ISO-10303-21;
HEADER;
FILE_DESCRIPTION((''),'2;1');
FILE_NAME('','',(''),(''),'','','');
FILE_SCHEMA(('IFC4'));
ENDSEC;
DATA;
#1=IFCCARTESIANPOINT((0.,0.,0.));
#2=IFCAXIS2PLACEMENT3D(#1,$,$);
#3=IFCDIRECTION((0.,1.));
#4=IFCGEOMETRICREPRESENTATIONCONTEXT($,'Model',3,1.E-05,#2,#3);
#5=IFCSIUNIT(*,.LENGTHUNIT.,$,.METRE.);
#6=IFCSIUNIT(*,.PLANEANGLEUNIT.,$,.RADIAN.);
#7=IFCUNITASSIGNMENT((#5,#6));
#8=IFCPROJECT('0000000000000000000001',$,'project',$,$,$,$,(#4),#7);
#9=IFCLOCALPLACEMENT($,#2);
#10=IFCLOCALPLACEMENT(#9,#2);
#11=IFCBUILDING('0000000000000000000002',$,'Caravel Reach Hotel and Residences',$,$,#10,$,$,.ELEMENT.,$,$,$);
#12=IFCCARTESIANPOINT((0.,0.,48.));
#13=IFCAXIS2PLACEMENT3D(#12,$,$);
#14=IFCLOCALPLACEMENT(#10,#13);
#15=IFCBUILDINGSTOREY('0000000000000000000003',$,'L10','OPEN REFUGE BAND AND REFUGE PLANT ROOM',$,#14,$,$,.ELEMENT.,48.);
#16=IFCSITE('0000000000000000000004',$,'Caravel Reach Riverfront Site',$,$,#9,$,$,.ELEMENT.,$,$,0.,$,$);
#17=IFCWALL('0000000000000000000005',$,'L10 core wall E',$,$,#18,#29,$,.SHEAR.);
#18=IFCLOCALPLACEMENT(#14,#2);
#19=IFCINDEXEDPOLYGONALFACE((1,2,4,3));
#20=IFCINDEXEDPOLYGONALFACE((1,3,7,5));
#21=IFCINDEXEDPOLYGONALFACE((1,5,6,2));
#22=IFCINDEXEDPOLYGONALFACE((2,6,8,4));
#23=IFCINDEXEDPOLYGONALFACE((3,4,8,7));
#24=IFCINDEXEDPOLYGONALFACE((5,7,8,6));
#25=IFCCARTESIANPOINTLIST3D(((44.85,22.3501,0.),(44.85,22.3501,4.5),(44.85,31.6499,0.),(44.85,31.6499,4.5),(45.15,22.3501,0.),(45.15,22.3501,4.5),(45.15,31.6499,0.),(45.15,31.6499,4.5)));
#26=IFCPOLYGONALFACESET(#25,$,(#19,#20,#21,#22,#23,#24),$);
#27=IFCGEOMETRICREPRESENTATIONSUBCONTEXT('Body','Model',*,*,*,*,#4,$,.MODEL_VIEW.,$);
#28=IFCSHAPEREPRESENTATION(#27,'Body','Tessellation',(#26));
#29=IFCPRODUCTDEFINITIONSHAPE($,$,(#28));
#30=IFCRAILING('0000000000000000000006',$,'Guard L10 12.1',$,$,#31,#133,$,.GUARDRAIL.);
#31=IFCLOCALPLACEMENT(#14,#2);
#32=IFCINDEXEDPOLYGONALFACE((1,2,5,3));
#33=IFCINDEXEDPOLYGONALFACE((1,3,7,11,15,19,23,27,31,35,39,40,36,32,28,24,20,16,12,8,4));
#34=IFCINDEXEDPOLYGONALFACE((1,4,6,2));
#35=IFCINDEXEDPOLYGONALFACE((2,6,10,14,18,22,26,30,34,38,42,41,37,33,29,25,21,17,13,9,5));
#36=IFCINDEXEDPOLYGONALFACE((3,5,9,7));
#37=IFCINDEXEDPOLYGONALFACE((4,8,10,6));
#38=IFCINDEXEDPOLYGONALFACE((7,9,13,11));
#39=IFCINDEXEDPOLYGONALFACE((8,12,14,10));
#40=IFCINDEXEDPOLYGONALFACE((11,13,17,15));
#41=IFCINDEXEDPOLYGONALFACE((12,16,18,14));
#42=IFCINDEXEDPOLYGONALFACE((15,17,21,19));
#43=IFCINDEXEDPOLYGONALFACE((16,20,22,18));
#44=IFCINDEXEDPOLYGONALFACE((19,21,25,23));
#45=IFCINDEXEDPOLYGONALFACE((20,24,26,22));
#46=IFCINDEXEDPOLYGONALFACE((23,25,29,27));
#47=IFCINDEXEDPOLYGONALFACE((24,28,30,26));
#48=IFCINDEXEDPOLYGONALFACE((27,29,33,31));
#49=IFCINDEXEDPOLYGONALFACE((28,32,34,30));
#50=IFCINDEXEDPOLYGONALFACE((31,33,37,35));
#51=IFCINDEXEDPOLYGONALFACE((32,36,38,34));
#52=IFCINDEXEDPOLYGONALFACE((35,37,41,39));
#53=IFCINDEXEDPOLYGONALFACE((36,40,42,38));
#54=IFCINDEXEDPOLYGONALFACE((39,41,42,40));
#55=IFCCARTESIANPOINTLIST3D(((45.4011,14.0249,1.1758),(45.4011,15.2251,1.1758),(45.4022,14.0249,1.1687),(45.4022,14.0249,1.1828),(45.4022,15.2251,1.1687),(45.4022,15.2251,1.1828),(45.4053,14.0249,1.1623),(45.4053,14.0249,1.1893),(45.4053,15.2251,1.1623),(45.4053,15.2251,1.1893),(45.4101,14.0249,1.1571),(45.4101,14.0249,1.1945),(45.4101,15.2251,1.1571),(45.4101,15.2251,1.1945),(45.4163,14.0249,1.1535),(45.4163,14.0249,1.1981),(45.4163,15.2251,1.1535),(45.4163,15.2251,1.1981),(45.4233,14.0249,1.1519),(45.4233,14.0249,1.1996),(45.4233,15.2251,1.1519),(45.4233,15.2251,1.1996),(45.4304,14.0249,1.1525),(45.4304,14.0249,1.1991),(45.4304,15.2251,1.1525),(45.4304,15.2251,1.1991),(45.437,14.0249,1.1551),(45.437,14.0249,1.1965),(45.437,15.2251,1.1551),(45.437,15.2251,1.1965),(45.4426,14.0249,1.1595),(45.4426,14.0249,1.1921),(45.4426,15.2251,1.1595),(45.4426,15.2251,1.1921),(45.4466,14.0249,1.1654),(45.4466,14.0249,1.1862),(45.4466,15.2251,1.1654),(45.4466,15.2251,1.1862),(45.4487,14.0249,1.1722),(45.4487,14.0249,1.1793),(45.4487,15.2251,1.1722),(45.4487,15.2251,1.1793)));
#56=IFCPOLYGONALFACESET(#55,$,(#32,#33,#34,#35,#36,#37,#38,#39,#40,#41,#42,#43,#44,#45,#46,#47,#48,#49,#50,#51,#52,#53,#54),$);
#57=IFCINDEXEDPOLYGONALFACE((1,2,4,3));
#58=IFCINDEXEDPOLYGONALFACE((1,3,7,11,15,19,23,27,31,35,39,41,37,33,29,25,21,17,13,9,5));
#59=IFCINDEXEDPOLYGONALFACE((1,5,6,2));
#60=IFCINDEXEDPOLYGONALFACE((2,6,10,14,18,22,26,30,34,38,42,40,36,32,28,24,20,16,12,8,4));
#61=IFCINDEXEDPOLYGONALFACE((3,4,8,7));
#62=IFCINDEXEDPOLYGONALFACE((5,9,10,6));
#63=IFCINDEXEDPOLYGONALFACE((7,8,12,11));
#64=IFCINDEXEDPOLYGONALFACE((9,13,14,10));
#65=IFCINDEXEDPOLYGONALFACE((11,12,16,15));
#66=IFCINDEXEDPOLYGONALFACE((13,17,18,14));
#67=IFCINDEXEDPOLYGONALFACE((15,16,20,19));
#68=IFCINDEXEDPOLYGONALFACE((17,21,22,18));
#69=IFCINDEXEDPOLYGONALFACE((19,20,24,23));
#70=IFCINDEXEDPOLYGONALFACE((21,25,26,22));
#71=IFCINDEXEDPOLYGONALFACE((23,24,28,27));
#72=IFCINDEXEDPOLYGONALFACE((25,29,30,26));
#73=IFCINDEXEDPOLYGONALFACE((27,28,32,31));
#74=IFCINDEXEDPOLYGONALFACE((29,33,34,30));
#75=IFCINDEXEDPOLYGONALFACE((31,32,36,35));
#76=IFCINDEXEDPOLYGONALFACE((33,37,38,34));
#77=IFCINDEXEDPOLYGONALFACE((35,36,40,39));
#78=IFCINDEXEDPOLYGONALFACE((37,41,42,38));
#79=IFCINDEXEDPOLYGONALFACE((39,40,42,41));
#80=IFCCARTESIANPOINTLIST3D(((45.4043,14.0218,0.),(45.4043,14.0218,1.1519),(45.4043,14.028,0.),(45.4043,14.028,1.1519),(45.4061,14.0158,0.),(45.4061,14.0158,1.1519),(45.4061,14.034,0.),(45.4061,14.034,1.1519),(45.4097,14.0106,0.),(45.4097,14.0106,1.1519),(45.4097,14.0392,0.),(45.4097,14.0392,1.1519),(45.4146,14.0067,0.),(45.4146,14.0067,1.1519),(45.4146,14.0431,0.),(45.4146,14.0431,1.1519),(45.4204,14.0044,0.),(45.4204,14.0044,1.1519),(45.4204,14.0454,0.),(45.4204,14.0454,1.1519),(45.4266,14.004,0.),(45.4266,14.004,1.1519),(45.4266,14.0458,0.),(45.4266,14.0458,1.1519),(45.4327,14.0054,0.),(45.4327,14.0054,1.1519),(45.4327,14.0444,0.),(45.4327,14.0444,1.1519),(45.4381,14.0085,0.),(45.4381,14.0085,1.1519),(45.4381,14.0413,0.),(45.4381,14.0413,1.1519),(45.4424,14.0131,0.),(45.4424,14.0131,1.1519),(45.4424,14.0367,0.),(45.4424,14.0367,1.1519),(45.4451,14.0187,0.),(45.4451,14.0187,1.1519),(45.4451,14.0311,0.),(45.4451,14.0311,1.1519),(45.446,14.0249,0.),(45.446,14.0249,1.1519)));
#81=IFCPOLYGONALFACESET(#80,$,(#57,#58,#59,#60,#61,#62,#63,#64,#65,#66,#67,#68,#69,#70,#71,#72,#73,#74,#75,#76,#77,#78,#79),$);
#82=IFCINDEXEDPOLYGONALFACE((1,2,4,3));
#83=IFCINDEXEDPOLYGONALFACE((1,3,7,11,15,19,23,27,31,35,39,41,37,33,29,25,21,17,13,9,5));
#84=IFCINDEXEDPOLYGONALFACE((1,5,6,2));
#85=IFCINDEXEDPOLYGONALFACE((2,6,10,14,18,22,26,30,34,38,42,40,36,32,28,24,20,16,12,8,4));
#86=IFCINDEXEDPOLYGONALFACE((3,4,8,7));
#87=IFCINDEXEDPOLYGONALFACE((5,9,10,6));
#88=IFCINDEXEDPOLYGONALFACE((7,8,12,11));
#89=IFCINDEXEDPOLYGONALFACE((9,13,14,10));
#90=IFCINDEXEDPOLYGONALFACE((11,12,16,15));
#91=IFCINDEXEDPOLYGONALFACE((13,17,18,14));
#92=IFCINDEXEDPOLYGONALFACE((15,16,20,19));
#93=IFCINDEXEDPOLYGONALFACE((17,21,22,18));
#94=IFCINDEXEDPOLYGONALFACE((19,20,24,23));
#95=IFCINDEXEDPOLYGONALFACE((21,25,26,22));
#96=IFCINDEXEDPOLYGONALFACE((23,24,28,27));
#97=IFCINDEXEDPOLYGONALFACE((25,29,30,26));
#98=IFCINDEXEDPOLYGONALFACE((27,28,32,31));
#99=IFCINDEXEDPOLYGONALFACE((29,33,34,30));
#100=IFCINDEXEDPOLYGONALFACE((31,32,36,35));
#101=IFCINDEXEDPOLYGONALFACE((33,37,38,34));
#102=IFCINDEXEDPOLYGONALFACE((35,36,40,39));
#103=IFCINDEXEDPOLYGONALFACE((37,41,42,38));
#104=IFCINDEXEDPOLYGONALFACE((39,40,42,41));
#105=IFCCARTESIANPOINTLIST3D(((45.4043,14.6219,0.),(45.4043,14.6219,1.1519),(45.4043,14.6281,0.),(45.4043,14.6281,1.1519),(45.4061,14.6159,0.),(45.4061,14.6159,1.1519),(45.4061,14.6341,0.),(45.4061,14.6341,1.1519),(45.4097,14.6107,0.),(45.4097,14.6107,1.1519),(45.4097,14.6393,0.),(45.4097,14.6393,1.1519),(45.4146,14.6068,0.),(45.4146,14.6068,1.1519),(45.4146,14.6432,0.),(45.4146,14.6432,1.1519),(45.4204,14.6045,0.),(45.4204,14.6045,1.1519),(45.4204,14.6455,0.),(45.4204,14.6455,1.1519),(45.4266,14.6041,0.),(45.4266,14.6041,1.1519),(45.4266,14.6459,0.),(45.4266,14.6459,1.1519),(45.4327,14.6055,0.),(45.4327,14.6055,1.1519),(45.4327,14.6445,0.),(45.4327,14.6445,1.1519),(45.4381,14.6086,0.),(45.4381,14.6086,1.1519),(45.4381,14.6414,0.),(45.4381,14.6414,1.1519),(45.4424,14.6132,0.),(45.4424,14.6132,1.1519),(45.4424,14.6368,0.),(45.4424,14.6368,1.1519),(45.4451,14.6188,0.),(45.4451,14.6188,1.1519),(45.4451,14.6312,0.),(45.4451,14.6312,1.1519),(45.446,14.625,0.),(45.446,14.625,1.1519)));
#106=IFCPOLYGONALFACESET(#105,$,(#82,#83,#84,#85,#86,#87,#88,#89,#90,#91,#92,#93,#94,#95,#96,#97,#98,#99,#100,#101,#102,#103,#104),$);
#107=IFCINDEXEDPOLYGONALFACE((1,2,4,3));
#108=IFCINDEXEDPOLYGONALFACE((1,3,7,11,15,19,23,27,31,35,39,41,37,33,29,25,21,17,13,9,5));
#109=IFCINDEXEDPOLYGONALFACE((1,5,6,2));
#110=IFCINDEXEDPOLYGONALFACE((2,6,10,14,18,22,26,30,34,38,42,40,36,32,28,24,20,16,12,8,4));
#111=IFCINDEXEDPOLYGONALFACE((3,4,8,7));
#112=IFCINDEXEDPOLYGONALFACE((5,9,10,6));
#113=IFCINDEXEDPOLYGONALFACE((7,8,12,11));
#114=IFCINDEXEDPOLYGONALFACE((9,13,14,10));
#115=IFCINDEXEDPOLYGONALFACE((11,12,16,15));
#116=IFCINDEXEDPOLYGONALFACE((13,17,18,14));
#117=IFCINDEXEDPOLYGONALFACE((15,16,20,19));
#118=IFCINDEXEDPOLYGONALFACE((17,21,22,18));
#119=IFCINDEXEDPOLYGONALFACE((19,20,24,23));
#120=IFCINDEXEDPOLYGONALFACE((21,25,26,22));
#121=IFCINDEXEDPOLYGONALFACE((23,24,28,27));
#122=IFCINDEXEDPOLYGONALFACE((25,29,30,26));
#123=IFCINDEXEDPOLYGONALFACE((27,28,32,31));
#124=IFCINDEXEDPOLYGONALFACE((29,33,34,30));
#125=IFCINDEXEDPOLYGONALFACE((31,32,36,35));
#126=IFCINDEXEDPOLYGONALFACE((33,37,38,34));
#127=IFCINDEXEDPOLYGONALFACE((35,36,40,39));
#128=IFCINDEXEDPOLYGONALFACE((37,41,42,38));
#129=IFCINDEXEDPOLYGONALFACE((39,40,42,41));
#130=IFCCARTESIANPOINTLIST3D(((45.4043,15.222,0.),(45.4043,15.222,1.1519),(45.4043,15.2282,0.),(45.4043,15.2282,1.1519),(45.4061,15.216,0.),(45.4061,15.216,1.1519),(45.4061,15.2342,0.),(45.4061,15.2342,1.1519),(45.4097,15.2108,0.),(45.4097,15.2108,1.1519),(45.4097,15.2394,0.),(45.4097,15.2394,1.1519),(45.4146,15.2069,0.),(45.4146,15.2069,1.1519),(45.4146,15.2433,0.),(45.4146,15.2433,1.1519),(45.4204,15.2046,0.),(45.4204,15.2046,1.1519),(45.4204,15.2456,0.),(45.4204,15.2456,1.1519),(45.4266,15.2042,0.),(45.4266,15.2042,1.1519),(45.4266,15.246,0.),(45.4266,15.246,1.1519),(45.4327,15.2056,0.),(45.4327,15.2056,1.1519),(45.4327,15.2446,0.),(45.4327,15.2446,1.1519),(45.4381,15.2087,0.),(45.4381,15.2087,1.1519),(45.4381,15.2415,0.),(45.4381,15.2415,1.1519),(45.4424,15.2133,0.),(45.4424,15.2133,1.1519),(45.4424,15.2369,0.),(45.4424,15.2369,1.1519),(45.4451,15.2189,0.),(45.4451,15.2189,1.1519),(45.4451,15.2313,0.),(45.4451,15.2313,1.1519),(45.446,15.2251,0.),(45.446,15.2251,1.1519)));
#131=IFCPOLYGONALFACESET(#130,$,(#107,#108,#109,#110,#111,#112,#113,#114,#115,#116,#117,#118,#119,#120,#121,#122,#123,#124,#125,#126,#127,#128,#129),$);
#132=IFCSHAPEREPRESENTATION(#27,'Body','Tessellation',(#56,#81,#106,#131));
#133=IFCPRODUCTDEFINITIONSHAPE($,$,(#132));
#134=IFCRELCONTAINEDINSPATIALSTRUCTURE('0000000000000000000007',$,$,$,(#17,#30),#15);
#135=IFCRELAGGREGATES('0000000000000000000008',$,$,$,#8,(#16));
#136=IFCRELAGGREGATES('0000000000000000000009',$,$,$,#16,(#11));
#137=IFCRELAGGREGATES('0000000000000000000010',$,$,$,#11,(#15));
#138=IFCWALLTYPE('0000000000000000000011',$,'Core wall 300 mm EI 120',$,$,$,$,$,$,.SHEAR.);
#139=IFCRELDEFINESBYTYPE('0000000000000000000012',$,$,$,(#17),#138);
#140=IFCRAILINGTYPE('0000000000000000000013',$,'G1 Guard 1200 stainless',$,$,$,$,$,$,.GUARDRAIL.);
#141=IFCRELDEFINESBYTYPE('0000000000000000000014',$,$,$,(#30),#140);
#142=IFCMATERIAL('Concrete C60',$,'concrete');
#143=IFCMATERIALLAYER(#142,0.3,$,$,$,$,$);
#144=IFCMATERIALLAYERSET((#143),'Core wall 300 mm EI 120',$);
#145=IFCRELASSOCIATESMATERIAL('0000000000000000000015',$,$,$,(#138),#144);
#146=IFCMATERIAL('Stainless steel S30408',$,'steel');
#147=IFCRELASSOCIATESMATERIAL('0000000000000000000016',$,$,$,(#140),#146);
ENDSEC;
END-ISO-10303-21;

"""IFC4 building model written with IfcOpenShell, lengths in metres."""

from ifc_helpers import new_model, si_unit, direction, frame, frame_2d, origin, origin_2d, place, context, subcontext, project, spatial, rectangle, circle, extrude, material, layer, layer_set, type_object, element, save


model = new_model("IFC4")

# Units and contexts
model_context = context("Model", 3, precision=1e-05, world=origin(), true_north=direction((0.0, 1.0)))
body_context = subcontext(model_context, "Body", "Model", "MODEL_VIEW")
ifc_project = project(units=[si_unit("LENGTHUNIT", "METRE"), si_unit("PLANEANGLEUNIT", "RADIAN")], contexts=[model_context])

# Site, building, storey
site_placement = place(None, origin())
site = spatial("IfcSite", under=ifc_project, at=site_placement, Name="Caravel Reach Riverfront Site", CompositionType="ELEMENT", RefElevation=0.0)
building_placement = place(site_placement, origin())
building = spatial("IfcBuilding", under=site, at=building_placement, Name="Caravel Reach Hotel and Residences", CompositionType="ELEMENT")
storey_placement = place(building_placement, frame((0.0, 0.0, 48.0)))
storey = spatial("IfcBuildingStorey", under=building, at=storey_placement, Name="L10", Description="OPEN REFUGE BAND AND REFUGE PLANT ROOM", CompositionType="ELEMENT", Elevation=48.0)

# Wall
ifc_material_1 = material(Name="Concrete C60", Category="concrete")
ifc_layer_1 = layer(ifc_material_1, 0.3)
ifc_layer_set_1 = layer_set([ifc_layer_1], Name="Core wall 300 mm EI 120")
wall_type_1 = type_object("IfcWallType", Name="Core wall 300 mm EI 120", PredefinedType="SHEAR", material=ifc_layer_set_1)
wall_1_placement = place(storey_placement, frame((45.0, 22.3501, 0.0), z_axis=(0.0, 0.0, 1.0), x_axis=(0.0, 1.0, 0.0)))
element("IfcWall", 1, at=wall_1_placement, inside=storey, type_object=wall_type_1, Name="L10 core wall E", PredefinedType="SHEAR", context=body_context, shape_type="SweptSolid", body=[
    extrude(rectangle(XDim=9.2998, YDim=0.3, at=frame_2d((4.6499, 0.0))), origin(), (0.0, 0.0, 1.0), 4.5),
])

# Railing
ifc_material_2 = material(Name="Stainless steel S30408", Category="steel")
railing_type_1 = type_object("IfcRailingType", Name="G1 Guard 1200 stainless", PredefinedType="GUARDRAIL", material=ifc_material_2)
railing_1_placement = place(storey_placement, frame((45.425, 14.0249, 0.0)))
element("IfcRailing", 2, at=railing_1_placement, inside=storey, type_object=railing_type_1, Name="Guard L10 12.1", PredefinedType="GUARDRAIL", context=body_context, shape_type="SweptSolid", body=[
    extrude(circle(Radius=0.0239, at=origin_2d()), frame((0.0, 0.0, 1.1758), z_axis=(0.0, 1.0, 0.0), x_axis=(-1.0, 0.0, 0.0)), (0.0, 0.0, 1.0), 1.2002),
    extrude(circle(Radius=0.021, at=origin_2d()), origin(), (0.0, 0.0, 1.0), 1.1519),
    extrude(circle(Radius=0.021, at=origin_2d()), frame((0.0, 0.6001, 0.0)), (0.0, 0.0, 1.0), 1.1519),
    extrude(circle(Radius=0.021, at=origin_2d()), frame((0.0, 1.2002, 0.0)), (0.0, 0.0, 1.0), 1.1519),
])

save(model, "model.ifc")
